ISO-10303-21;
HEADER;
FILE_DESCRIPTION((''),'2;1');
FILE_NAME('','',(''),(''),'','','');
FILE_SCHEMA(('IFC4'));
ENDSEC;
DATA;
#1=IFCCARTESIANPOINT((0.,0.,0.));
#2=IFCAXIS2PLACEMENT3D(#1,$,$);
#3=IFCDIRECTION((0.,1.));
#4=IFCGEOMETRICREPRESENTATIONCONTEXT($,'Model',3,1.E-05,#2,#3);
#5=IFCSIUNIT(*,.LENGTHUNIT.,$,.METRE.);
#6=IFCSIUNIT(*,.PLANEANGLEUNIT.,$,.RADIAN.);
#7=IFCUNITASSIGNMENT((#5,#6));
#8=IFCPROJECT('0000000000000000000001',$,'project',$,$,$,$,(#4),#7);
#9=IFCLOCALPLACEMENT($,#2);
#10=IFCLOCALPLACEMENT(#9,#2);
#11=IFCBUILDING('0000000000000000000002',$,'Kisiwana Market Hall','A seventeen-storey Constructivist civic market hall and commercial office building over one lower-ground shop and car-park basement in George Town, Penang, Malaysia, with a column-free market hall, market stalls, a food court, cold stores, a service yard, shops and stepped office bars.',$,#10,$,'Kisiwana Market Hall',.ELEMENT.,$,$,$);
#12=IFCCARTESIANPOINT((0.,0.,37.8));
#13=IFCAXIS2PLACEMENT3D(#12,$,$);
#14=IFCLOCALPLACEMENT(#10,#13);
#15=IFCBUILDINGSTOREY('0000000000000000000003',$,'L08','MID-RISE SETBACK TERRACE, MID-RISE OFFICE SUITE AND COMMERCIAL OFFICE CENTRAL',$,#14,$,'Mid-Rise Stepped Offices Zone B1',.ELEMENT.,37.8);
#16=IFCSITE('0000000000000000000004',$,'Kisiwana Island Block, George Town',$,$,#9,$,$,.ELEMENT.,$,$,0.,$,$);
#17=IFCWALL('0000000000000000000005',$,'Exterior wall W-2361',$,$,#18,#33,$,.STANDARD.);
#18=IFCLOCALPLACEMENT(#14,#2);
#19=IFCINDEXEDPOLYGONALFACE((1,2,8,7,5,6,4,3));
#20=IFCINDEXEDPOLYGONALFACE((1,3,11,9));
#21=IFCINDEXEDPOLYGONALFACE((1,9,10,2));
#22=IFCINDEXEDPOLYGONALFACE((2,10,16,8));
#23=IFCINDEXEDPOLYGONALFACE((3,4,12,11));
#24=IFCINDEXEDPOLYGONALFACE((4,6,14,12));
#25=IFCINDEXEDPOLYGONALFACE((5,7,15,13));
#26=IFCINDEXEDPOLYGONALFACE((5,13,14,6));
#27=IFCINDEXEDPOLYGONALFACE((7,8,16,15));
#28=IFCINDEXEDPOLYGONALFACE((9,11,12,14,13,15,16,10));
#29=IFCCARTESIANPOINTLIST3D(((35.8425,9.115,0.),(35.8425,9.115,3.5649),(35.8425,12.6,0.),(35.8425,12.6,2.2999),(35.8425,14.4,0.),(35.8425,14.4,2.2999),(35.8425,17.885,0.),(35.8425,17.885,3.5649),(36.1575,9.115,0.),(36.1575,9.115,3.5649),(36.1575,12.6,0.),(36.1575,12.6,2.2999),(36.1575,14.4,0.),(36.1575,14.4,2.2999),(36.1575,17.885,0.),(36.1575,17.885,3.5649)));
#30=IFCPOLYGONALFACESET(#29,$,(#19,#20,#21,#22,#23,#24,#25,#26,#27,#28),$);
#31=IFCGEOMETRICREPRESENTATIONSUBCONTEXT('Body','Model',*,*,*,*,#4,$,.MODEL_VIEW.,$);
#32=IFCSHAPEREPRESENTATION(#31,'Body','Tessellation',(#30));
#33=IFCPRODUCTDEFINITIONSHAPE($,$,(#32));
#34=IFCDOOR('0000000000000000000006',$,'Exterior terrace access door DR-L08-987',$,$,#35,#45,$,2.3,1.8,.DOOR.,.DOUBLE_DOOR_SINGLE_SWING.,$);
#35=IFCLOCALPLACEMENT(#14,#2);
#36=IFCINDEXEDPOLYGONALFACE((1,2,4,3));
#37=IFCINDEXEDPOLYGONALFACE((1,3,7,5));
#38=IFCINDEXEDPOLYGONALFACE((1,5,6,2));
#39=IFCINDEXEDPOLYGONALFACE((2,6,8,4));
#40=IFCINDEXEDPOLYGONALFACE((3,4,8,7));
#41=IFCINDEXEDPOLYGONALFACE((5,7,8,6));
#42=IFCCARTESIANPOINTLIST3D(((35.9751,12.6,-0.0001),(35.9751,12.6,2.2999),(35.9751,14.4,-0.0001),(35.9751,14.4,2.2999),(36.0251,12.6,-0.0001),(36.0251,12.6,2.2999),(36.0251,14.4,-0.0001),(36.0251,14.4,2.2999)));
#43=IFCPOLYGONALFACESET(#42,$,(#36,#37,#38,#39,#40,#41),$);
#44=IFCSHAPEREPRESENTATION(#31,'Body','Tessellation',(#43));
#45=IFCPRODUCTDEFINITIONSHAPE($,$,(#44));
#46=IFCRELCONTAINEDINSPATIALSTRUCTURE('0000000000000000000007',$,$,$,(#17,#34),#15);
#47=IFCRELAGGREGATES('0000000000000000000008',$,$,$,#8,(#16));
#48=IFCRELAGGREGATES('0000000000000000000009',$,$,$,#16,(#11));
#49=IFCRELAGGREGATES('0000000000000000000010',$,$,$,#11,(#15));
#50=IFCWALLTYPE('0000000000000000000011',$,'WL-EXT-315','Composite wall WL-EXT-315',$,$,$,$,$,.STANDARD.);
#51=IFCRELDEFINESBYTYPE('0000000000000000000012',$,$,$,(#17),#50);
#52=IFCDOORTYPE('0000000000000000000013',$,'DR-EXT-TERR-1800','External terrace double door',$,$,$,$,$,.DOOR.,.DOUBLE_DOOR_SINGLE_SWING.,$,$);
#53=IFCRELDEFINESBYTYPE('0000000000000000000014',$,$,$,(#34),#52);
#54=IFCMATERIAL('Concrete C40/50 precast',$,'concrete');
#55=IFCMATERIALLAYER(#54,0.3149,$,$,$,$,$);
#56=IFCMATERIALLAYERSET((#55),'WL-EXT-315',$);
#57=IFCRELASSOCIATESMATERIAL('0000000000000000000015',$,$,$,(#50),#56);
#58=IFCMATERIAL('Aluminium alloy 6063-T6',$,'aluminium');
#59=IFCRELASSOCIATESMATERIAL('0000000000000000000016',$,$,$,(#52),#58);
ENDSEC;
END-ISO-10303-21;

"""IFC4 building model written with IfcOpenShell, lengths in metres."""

from ifc_helpers import new_model, si_unit, direction, frame, frame_2d, origin, place, context, subcontext, project, spatial, rectangle, extrude, material, layer, layer_set, type_object, element, fill, save


model = new_model("IFC4")

# Units and contexts
model_context = context("Model", 3, precision=1e-05, world=origin(), true_north=direction((0.0, 1.0)))
body_context = subcontext(model_context, "Body", "Model", "MODEL_VIEW")
ifc_project = project(units=[si_unit("LENGTHUNIT", "METRE"), si_unit("PLANEANGLEUNIT", "RADIAN")], contexts=[model_context])

# Site, building, storey
site_placement = place(None, origin())
site = spatial("IfcSite", under=ifc_project, at=site_placement, Name="Kisiwana Island Block, George Town", CompositionType="ELEMENT", RefElevation=0.0)
building_placement = place(site_placement, origin())
building = spatial("IfcBuilding", under=site, at=building_placement, Name="Kisiwana Market Hall", Description="A seventeen-storey Constructivist civic market hall and commercial office building over one lower-ground shop and car-park basement in George Town, Penang, Malaysia, with a column-free market hall, market stalls, a food court, cold stores, a service yard, shops and stepped office bars.", LongName="Kisiwana Market Hall", CompositionType="ELEMENT")
storey_placement = place(building_placement, frame((0.0, 0.0, 37.8)))
storey = spatial("IfcBuildingStorey", under=building, at=storey_placement, Name="L08", Description="MID-RISE SETBACK TERRACE, MID-RISE OFFICE SUITE AND COMMERCIAL OFFICE CENTRAL", LongName="Mid-Rise Stepped Offices Zone B1", CompositionType="ELEMENT", Elevation=37.8)

# Shared definitions
ifc_material_1 = material(Name="Concrete C40/50 precast", Category="concrete")
ifc_layer_1 = layer(ifc_material_1, 0.3149)
ifc_layer_set_1 = layer_set([ifc_layer_1], Name="WL-EXT-315")
wall_type_1 = type_object("IfcWallType", Name="WL-EXT-315", Description="Composite wall WL-EXT-315", PredefinedType="STANDARD", material=ifc_layer_set_1)

# Wall, opening, door
wall_1_placement = place(storey_placement, frame((36.0, 9.115, 0.0), z_axis=(0.0, 0.0, 1.0), x_axis=(0.0, 1.0, 0.0)))
wall_1 = element("IfcWall", 1, at=wall_1_placement, inside=storey, type_object=wall_type_1, Name="Exterior wall W-2361", PredefinedType="STANDARD", context=body_context, shape_type="SweptSolid", body=[
    extrude(rectangle(XDim=8.77, YDim=0.3149, at=frame_2d((4.385, 0.0))), origin(), (0.0, 0.0, 1.0), 3.5649),
])
opening_1_placement = place(wall_1_placement, frame((3.4851, 0.0, 0.0)))
opening_1 = element("IfcOpeningElement", 2, at=opening_1_placement, cuts=wall_1, PredefinedType="OPENING", context=body_context, shape_type="SweptSolid", body=[
    extrude(rectangle(XDim=1.8, YDim=2.3, at=frame_2d((0.8999, 1.1499))), frame((0.0, 0.1694, 0.0), z_axis=(0.0, -1.0, 0.0), x_axis=(1.0, 0.0, 0.0)), (0.0, 0.0, 1.0), 0.3389),
])
ifc_material_2 = material(Name="Aluminium alloy 6063-T6", Category="aluminium")
door_type_1 = type_object("IfcDoorType", Name="DR-EXT-TERR-1800", Description="External terrace double door", OperationType="DOUBLE_DOOR_SINGLE_SWING", PredefinedType="DOOR", material=ifc_material_2)
door_1_placement = place(opening_1_placement, origin())
door_1 = element("IfcDoor", 3, at=door_1_placement, inside=storey, type_object=door_type_1, Name="Exterior terrace access door DR-L08-987", OperationType="DOUBLE_DOOR_SINGLE_SWING", OverallHeight=2.3, OverallWidth=1.8, PredefinedType="DOOR", context=body_context, shape_type="SweptSolid", body=[
    extrude(rectangle(XDim=1.8, YDim=2.3, at=frame_2d((0.8999, 1.1499))), frame((0.0, 0.0249, 0.0), z_axis=(0.0, -1.0, 0.0), x_axis=(1.0, 0.0, 0.0)), (0.0, 0.0, 1.0), 0.05),
])
fill(opening_1, door_1)

save(model, "model.ifc")
